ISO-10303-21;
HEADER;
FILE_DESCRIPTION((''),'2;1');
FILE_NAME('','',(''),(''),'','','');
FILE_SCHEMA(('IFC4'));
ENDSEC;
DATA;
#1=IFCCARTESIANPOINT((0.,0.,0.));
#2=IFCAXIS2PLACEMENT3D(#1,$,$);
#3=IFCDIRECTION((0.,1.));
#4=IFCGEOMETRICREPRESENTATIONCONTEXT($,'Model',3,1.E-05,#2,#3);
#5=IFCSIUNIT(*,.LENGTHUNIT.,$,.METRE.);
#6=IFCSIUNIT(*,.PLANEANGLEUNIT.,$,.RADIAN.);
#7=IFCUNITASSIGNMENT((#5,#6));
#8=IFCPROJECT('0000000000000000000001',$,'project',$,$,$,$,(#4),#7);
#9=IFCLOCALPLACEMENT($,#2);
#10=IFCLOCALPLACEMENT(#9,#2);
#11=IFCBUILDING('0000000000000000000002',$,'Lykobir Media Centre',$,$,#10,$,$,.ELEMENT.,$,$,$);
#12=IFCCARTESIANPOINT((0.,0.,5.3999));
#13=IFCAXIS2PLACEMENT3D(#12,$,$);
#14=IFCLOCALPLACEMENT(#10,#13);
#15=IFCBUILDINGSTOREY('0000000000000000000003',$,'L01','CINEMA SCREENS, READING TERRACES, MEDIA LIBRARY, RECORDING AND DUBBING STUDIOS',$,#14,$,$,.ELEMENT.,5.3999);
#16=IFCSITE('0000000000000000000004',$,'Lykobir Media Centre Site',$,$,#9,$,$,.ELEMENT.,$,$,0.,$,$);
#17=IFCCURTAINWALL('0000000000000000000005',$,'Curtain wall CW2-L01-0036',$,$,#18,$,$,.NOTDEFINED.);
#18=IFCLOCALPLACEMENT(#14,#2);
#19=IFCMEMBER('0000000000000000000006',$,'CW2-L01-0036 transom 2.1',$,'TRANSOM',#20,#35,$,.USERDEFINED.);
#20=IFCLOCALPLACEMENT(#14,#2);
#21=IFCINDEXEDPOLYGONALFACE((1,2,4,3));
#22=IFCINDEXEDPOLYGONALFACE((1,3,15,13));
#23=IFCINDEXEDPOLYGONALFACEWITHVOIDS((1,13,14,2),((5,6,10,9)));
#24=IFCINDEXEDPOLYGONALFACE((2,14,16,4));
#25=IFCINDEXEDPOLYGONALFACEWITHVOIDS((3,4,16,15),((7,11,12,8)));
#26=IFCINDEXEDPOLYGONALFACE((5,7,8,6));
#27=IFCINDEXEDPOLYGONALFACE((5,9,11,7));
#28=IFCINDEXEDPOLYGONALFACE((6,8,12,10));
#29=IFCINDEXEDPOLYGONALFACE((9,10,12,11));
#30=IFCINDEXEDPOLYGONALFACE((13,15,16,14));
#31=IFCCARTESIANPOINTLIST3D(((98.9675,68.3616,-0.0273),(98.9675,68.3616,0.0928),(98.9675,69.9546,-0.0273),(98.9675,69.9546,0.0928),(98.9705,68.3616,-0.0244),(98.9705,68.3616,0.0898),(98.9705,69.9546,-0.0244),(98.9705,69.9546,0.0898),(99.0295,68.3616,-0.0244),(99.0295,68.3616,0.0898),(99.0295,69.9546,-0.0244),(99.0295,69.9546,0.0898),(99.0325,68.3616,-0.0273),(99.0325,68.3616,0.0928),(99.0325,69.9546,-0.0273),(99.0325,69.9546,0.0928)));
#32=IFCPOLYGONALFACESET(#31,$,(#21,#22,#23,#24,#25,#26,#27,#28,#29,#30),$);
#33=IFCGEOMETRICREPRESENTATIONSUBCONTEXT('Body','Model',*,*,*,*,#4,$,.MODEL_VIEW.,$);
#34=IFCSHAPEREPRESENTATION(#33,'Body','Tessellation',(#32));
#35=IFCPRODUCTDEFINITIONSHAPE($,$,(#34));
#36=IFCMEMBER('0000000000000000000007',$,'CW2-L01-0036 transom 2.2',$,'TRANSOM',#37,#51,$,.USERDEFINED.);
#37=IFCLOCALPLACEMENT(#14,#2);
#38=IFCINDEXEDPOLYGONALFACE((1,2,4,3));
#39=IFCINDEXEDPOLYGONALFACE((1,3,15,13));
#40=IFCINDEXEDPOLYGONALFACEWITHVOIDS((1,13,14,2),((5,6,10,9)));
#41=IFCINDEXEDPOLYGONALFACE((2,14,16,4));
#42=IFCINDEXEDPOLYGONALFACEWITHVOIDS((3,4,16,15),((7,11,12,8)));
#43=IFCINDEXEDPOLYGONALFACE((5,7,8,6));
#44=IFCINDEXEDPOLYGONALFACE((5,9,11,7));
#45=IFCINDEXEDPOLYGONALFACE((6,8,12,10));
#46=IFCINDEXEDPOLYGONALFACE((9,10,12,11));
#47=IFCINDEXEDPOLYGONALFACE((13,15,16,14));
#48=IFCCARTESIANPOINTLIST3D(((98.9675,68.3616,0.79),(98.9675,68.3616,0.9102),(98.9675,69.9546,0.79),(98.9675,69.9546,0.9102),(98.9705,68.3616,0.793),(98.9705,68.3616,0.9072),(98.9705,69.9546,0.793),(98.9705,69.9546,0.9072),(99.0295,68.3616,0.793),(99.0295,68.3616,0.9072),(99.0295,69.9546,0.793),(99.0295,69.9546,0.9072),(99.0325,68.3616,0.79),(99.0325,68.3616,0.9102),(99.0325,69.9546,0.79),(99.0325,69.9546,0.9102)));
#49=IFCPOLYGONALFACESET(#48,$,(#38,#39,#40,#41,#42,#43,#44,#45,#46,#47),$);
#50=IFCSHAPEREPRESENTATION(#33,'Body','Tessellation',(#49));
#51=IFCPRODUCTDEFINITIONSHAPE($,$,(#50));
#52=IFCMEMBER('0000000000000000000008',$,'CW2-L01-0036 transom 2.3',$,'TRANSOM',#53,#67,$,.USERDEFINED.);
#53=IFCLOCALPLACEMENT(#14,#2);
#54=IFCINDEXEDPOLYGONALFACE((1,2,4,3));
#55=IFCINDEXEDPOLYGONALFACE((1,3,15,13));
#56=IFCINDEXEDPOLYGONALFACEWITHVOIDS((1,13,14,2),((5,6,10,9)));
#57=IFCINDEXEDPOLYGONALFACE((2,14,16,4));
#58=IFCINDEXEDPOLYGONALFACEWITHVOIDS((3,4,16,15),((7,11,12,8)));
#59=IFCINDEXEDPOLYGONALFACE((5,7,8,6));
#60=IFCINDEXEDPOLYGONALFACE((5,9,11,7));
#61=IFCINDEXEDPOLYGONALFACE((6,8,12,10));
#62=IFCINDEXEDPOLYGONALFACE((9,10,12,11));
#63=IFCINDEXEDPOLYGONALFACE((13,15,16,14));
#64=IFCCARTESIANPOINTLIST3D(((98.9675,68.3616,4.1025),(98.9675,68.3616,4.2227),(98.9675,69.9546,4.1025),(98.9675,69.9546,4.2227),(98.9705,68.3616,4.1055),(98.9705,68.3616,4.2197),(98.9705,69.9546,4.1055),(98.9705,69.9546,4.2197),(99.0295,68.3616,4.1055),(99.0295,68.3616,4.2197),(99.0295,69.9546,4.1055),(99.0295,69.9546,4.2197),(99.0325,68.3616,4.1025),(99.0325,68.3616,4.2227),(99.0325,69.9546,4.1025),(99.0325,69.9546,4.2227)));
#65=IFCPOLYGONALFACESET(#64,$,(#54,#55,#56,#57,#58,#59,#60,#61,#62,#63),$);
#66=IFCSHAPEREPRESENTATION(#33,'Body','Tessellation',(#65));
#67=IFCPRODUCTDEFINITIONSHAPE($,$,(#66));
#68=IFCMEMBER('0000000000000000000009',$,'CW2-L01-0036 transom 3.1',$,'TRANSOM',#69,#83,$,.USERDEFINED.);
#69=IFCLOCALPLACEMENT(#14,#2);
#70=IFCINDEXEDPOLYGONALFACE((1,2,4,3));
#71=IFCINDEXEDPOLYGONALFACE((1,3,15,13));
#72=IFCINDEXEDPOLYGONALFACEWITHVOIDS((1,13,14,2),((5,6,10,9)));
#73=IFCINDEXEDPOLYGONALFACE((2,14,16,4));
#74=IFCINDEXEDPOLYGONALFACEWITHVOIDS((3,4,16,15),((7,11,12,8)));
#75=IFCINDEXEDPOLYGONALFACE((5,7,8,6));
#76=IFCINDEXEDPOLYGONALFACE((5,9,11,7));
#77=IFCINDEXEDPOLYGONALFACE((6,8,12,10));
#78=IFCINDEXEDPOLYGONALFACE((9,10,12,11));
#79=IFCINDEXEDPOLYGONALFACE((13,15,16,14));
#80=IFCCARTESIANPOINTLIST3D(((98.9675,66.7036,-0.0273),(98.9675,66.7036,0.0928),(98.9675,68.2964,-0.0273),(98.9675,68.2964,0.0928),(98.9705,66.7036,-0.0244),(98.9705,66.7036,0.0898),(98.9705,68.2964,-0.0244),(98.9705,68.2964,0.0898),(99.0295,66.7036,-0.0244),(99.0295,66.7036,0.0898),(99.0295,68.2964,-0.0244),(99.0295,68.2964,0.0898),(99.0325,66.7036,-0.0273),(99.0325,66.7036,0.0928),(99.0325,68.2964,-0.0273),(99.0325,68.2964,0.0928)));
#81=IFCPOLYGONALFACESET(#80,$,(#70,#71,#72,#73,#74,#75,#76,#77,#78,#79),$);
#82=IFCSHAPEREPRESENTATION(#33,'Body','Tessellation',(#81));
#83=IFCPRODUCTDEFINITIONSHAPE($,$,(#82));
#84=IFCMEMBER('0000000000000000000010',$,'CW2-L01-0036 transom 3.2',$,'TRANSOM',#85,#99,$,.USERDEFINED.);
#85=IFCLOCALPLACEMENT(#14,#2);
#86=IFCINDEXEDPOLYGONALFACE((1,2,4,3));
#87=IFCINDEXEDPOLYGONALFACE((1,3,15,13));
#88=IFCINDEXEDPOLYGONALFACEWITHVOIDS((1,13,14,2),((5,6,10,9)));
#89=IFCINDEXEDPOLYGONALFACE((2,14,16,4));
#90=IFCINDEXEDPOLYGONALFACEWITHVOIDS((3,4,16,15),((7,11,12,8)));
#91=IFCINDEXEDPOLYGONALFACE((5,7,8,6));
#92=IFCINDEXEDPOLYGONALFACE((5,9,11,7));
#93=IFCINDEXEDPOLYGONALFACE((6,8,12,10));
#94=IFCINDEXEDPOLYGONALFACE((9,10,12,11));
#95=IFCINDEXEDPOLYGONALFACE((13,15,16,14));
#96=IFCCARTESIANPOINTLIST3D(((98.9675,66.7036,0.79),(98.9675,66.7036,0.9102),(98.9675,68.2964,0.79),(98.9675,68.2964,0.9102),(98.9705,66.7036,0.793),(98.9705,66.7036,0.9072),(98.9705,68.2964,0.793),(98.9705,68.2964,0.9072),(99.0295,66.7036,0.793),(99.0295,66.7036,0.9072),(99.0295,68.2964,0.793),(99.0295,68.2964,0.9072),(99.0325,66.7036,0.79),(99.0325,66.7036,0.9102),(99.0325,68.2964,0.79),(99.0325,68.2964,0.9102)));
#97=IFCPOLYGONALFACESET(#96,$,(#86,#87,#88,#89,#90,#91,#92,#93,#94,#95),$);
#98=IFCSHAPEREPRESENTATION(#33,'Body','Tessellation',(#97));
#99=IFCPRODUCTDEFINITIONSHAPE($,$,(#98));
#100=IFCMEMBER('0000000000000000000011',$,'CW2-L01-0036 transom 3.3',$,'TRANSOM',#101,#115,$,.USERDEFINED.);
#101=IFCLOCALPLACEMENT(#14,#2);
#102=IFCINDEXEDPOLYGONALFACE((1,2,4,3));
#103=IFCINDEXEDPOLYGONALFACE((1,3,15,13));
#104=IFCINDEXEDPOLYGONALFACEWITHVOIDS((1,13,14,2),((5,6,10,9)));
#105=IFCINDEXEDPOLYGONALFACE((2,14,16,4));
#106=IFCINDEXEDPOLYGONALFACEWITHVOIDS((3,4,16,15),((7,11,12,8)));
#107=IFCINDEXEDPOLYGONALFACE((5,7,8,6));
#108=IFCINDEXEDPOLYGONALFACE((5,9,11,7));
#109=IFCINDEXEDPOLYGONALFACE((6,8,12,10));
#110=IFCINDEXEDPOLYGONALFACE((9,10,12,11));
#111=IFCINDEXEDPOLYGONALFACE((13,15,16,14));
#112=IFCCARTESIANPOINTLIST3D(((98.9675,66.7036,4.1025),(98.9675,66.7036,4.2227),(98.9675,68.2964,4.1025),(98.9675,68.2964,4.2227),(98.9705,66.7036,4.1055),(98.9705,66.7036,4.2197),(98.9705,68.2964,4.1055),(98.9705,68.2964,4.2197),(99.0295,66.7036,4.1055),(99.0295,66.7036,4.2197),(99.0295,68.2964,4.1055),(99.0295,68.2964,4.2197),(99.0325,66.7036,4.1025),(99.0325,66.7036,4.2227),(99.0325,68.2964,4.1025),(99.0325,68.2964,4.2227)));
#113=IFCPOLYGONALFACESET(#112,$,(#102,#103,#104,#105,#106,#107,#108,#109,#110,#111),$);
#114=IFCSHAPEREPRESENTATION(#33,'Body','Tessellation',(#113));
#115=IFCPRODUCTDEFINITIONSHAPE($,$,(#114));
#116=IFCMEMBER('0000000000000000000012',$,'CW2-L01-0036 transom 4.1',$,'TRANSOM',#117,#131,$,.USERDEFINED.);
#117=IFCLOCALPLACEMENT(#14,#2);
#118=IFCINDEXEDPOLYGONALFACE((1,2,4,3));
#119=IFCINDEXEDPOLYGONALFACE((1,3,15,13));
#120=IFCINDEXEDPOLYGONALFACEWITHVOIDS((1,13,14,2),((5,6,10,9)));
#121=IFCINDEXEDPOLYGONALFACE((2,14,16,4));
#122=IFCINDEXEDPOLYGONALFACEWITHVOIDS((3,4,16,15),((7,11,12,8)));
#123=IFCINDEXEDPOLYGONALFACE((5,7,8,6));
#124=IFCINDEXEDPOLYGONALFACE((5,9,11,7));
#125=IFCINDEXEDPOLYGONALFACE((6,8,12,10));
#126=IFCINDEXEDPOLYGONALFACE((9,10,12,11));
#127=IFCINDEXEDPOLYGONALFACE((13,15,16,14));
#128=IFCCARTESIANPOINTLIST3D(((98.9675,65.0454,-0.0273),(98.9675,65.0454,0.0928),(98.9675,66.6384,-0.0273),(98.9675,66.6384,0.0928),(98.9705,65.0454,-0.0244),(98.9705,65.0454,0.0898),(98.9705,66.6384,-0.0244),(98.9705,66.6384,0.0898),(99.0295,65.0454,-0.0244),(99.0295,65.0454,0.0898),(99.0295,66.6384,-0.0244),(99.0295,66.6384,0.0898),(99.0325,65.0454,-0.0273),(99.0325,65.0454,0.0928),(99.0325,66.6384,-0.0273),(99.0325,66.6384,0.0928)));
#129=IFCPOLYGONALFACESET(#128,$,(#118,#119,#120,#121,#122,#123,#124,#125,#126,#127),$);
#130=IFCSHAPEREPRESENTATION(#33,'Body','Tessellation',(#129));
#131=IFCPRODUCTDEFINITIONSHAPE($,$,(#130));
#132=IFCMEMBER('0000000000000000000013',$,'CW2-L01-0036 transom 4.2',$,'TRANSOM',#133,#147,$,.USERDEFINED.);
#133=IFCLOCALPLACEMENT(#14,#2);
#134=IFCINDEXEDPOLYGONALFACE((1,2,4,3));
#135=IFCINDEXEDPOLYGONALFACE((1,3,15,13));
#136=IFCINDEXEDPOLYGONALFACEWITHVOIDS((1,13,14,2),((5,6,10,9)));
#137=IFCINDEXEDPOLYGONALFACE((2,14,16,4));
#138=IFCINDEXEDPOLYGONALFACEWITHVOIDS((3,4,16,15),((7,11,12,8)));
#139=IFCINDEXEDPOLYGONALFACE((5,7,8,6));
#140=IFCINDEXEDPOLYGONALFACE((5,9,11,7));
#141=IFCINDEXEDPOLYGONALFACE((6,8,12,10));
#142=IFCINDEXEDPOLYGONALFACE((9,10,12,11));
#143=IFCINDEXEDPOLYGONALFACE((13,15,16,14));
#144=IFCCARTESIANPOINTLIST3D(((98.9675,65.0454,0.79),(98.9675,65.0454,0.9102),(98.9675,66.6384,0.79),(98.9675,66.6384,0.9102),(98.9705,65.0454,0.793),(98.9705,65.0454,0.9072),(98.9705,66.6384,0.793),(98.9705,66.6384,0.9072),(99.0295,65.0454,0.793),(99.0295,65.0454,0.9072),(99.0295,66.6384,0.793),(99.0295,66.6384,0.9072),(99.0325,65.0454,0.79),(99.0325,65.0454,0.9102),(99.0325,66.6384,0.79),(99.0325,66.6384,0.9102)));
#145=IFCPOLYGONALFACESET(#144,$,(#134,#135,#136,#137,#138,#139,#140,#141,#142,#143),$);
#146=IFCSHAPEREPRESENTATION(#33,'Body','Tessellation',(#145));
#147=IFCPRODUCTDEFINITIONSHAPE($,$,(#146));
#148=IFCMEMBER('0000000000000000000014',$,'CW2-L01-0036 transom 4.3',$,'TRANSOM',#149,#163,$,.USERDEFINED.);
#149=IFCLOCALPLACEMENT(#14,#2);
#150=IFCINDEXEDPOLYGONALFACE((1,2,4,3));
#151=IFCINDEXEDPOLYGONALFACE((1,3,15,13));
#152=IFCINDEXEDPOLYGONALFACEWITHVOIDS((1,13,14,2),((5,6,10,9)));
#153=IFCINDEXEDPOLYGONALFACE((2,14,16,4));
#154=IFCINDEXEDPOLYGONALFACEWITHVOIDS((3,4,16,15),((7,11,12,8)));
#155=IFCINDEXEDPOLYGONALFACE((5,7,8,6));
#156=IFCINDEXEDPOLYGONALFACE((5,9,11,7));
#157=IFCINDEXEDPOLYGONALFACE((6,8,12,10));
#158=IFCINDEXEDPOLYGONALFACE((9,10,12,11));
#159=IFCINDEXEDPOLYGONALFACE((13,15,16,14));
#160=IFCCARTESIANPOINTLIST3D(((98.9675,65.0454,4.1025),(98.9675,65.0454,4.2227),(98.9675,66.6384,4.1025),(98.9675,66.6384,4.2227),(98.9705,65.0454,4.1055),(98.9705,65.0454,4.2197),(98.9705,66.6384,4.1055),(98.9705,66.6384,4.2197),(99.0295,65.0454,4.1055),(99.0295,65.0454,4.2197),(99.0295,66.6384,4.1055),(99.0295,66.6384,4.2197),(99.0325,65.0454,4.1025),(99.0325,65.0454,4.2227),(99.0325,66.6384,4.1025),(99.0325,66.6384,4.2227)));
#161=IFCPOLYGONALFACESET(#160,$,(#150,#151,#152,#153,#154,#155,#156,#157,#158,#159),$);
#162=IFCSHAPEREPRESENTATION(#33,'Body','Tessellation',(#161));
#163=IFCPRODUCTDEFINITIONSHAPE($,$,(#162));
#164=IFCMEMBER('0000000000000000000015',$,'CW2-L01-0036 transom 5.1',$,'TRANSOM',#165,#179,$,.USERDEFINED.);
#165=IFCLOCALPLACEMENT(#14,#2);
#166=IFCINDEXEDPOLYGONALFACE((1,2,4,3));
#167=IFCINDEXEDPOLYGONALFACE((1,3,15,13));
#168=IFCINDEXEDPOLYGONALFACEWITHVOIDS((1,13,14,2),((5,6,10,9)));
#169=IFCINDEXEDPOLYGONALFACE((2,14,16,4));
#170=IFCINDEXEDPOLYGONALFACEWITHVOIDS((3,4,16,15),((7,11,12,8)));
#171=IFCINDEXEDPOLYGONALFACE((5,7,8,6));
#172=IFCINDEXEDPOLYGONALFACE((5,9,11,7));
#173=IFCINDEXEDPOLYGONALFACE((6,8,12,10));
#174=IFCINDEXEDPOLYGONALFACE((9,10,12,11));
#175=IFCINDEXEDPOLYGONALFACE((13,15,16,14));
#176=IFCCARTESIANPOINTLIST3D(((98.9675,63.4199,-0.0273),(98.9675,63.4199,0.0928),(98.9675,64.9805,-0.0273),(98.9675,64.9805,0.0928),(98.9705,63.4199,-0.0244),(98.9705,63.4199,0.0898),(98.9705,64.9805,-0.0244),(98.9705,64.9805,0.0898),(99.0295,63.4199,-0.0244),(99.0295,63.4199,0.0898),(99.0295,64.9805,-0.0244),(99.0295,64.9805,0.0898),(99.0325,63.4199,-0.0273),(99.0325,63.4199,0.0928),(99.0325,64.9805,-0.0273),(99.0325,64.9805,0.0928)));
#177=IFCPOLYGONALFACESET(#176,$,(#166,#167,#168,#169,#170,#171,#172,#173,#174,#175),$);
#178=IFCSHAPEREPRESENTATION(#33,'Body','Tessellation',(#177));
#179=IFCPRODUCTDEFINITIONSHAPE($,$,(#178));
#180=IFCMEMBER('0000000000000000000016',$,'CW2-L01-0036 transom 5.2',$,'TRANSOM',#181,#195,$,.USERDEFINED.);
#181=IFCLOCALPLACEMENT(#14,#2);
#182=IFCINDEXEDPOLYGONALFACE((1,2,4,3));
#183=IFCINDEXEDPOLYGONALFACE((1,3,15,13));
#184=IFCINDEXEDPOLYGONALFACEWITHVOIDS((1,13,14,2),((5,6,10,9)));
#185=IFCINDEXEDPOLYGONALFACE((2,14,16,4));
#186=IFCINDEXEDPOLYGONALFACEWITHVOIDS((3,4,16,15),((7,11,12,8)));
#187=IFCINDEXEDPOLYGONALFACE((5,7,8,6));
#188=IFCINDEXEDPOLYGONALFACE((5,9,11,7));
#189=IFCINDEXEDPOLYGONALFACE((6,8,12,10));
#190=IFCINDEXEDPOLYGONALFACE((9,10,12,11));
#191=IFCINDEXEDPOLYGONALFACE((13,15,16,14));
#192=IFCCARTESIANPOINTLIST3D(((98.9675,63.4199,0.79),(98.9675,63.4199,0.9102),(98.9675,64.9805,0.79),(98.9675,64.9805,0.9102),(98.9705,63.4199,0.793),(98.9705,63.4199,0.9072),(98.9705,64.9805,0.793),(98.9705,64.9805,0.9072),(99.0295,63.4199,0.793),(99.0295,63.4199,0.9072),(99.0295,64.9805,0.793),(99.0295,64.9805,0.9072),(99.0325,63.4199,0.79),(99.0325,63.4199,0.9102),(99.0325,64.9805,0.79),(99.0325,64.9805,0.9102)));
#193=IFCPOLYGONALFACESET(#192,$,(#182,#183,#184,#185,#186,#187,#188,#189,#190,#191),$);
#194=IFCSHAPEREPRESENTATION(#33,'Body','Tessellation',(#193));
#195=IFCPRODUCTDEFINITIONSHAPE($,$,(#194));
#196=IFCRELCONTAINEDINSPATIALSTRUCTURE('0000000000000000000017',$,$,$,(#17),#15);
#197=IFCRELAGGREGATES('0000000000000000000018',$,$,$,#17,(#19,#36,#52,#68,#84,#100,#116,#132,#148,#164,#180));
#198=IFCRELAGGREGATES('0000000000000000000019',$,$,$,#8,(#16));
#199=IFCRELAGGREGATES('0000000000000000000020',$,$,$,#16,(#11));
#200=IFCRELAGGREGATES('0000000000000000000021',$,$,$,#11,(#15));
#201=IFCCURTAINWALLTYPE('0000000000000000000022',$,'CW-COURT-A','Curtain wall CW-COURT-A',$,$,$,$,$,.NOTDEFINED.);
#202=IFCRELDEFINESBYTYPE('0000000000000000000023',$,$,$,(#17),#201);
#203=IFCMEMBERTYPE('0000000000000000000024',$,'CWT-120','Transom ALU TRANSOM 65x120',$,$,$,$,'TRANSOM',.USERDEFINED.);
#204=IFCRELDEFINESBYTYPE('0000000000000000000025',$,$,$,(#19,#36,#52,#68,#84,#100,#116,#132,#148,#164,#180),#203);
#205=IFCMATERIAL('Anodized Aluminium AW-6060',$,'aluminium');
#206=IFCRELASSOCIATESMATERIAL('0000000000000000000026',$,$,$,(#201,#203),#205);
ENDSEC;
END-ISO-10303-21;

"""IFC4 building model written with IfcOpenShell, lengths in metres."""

from ifc_helpers import new_model, si_unit, direction, frame, origin, origin_2d, place, context, subcontext, project, spatial, hollow_rectangle, extrude, material, material_profile, profile_set, type_object, element, aggregate, save


model = new_model("IFC4")

# Units and contexts
model_context = context("Model", 3, precision=1e-05, world=origin(), true_north=direction((0.0, 1.0)))
body_context = subcontext(model_context, "Body", "Model", "MODEL_VIEW")
ifc_project = project(units=[si_unit("LENGTHUNIT", "METRE"), si_unit("PLANEANGLEUNIT", "RADIAN")], contexts=[model_context])

# Site, building, storey
site_placement = place(None, origin())
site = spatial("IfcSite", under=ifc_project, at=site_placement, Name="Lykobir Media Centre Site", CompositionType="ELEMENT", RefElevation=0.0)
building_placement = place(site_placement, origin())
building = spatial("IfcBuilding", under=site, at=building_placement, Name="Lykobir Media Centre", CompositionType="ELEMENT")
storey_placement = place(building_placement, frame((0.0, 0.0, 5.3999)))
storey = spatial("IfcBuildingStorey", under=building, at=storey_placement, Name="L01", Description="CINEMA SCREENS, READING TERRACES, MEDIA LIBRARY, RECORDING AND DUBBING STUDIOS", CompositionType="ELEMENT", Elevation=5.3999)

# Shared definitions
ifc_material_1 = material(Name="Anodized Aluminium AW-6060", Category="aluminium")
curtain_wall_type = type_object("IfcCurtainWallType", Name="CW-COURT-A", Description="Curtain wall CW-COURT-A", PredefinedType="NOTDEFINED", material=ifc_material_1)

# Curtain wall
curtain_wall_1_placement = place(storey_placement, origin())
curtain_wall_1 = element("IfcCurtainWall", 1, at=curtain_wall_1_placement, inside=storey, type_object=curtain_wall_type, Name="Curtain wall CW2-L01-0036", PredefinedType="NOTDEFINED")

# Members
ifc_material_profile_1 = material_profile(ifc_material_1, hollow_rectangle(XDim=0.0649, YDim=0.1201, WallThickness=0.0029, at=origin_2d()), Name="ALU TRANSOM 65x120")
ifc_profile_set_1 = profile_set([ifc_material_profile_1], Name="Anodized Aluminium AW-6060")
member_type_1 = type_object("IfcMemberType", Name="CWT-120", Description="Transom ALU TRANSOM 65x120", ElementType="TRANSOM", PredefinedType="USERDEFINED", material=ifc_profile_set_1)
member_1_placement = place(storey_placement, frame((99.0, 69.9546, 0.0327), z_axis=(0.0, -1.0, 0.0), x_axis=(1.0, 0.0, 0.0)))
member_1 = element("IfcMember", 2, at=member_1_placement, type_object=member_type_1, Name="CW2-L01-0036 transom 2.1", ObjectType="TRANSOM", PredefinedType="USERDEFINED", context=body_context, shape_type="SweptSolid", body=[
    extrude(hollow_rectangle(XDim=0.0649, YDim=0.1201, WallThickness=0.0029, at=origin_2d()), origin(), (0.0, 0.0, 1.0), 1.593),
])
member_2_placement = place(storey_placement, frame((99.0, 69.9546, 0.8501), z_axis=(0.0, -1.0, 0.0), x_axis=(1.0, 0.0, 0.0)))
member_2 = element("IfcMember", 3, at=member_2_placement, type_object=member_type_1, Name="CW2-L01-0036 transom 2.2", ObjectType="TRANSOM", PredefinedType="USERDEFINED", context=body_context, shape_type="SweptSolid", body=[
    extrude(hollow_rectangle(XDim=0.0649, YDim=0.1201, WallThickness=0.0029, at=origin_2d()), origin(), (0.0, 0.0, 1.0), 1.593),
])
member_3_placement = place(storey_placement, frame((99.0, 69.9546, 4.1626), z_axis=(0.0, -1.0, 0.0), x_axis=(1.0, 0.0, 0.0)))
member_3 = element("IfcMember", 4, at=member_3_placement, type_object=member_type_1, Name="CW2-L01-0036 transom 2.3", ObjectType="TRANSOM", PredefinedType="USERDEFINED", context=body_context, shape_type="SweptSolid", body=[
    extrude(hollow_rectangle(XDim=0.0649, YDim=0.1201, WallThickness=0.0029, at=origin_2d()), origin(), (0.0, 0.0, 1.0), 1.593),
])
member_4_placement = place(storey_placement, frame((99.0, 68.2964, 0.0327), z_axis=(0.0, -1.0, 0.0), x_axis=(1.0, 0.0, 0.0)))
member_4 = element("IfcMember", 5, at=member_4_placement, type_object=member_type_1, Name="CW2-L01-0036 transom 3.1", ObjectType="TRANSOM", PredefinedType="USERDEFINED", context=body_context, shape_type="SweptSolid", body=[
    extrude(hollow_rectangle(XDim=0.0649, YDim=0.1201, WallThickness=0.0029, at=origin_2d()), origin(), (0.0, 0.0, 1.0), 1.5928),
])
member_5_placement = place(storey_placement, frame((99.0, 68.2964, 0.8501), z_axis=(0.0, -1.0, 0.0), x_axis=(1.0, 0.0, 0.0)))
member_5 = element("IfcMember", 6, at=member_5_placement, type_object=member_type_1, Name="CW2-L01-0036 transom 3.2", ObjectType="TRANSOM", PredefinedType="USERDEFINED", context=body_context, shape_type="SweptSolid", body=[
    extrude(hollow_rectangle(XDim=0.0649, YDim=0.1201, WallThickness=0.0029, at=origin_2d()), origin(), (0.0, 0.0, 1.0), 1.5928),
])
member_6_placement = place(storey_placement, frame((99.0, 68.2964, 4.1626), z_axis=(0.0, -1.0, 0.0), x_axis=(1.0, 0.0, 0.0)))
member_6 = element("IfcMember", 7, at=member_6_placement, type_object=member_type_1, Name="CW2-L01-0036 transom 3.3", ObjectType="TRANSOM", PredefinedType="USERDEFINED", context=body_context, shape_type="SweptSolid", body=[
    extrude(hollow_rectangle(XDim=0.0649, YDim=0.1201, WallThickness=0.0029, at=origin_2d()), origin(), (0.0, 0.0, 1.0), 1.5928),
])
member_7_placement = place(storey_placement, frame((99.0, 66.6384, 0.0327), z_axis=(0.0, -1.0, 0.0), x_axis=(1.0, 0.0, 0.0)))
member_7 = element("IfcMember", 8, at=member_7_placement, type_object=member_type_1, Name="CW2-L01-0036 transom 4.1", ObjectType="TRANSOM", PredefinedType="USERDEFINED", context=body_context, shape_type="SweptSolid", body=[
    extrude(hollow_rectangle(XDim=0.0649, YDim=0.1201, WallThickness=0.0029, at=origin_2d()), origin(), (0.0, 0.0, 1.0), 1.593),
])
member_8_placement = place(storey_placement, frame((99.0, 66.6384, 0.8501), z_axis=(0.0, -1.0, 0.0), x_axis=(1.0, 0.0, 0.0)))
member_8 = element("IfcMember", 9, at=member_8_placement, type_object=member_type_1, Name="CW2-L01-0036 transom 4.2", ObjectType="TRANSOM", PredefinedType="USERDEFINED", context=body_context, shape_type="SweptSolid", body=[
    extrude(hollow_rectangle(XDim=0.0649, YDim=0.1201, WallThickness=0.0029, at=origin_2d()), origin(), (0.0, 0.0, 1.0), 1.593),
])
member_9_placement = place(storey_placement, frame((99.0, 66.6384, 4.1626), z_axis=(0.0, -1.0, 0.0), x_axis=(1.0, 0.0, 0.0)))
member_9 = element("IfcMember", 10, at=member_9_placement, type_object=member_type_1, Name="CW2-L01-0036 transom 4.3", ObjectType="TRANSOM", PredefinedType="USERDEFINED", context=body_context, shape_type="SweptSolid", body=[
    extrude(hollow_rectangle(XDim=0.0649, YDim=0.1201, WallThickness=0.0029, at=origin_2d()), origin(), (0.0, 0.0, 1.0), 1.593),
])
member_10_placement = place(storey_placement, frame((99.0, 64.9805, 0.0327), z_axis=(0.0, -1.0, 0.0), x_axis=(1.0, 0.0, 0.0)))
member_10 = element("IfcMember", 11, at=member_10_placement, type_object=member_type_1, Name="CW2-L01-0036 transom 5.1", ObjectType="TRANSOM", PredefinedType="USERDEFINED", context=body_context, shape_type="SweptSolid", body=[
    extrude(hollow_rectangle(XDim=0.0649, YDim=0.1201, WallThickness=0.0029, at=origin_2d()), origin(), (0.0, 0.0, 1.0), 1.5605),
])
member_11_placement = place(storey_placement, frame((99.0, 64.9805, 0.8501), z_axis=(0.0, -1.0, 0.0), x_axis=(1.0, 0.0, 0.0)))
member_11 = element("IfcMember", 12, at=member_11_placement, type_object=member_type_1, Name="CW2-L01-0036 transom 5.2", ObjectType="TRANSOM", PredefinedType="USERDEFINED", context=body_context, shape_type="SweptSolid", body=[
    extrude(hollow_rectangle(XDim=0.0649, YDim=0.1201, WallThickness=0.0029, at=origin_2d()), origin(), (0.0, 0.0, 1.0), 1.5605),
])

aggregate(curtain_wall_1, [member_1, member_2, member_3, member_4, member_5, member_6, member_7, member_8, member_9, member_10, member_11])

save(model, "model.ifc")
